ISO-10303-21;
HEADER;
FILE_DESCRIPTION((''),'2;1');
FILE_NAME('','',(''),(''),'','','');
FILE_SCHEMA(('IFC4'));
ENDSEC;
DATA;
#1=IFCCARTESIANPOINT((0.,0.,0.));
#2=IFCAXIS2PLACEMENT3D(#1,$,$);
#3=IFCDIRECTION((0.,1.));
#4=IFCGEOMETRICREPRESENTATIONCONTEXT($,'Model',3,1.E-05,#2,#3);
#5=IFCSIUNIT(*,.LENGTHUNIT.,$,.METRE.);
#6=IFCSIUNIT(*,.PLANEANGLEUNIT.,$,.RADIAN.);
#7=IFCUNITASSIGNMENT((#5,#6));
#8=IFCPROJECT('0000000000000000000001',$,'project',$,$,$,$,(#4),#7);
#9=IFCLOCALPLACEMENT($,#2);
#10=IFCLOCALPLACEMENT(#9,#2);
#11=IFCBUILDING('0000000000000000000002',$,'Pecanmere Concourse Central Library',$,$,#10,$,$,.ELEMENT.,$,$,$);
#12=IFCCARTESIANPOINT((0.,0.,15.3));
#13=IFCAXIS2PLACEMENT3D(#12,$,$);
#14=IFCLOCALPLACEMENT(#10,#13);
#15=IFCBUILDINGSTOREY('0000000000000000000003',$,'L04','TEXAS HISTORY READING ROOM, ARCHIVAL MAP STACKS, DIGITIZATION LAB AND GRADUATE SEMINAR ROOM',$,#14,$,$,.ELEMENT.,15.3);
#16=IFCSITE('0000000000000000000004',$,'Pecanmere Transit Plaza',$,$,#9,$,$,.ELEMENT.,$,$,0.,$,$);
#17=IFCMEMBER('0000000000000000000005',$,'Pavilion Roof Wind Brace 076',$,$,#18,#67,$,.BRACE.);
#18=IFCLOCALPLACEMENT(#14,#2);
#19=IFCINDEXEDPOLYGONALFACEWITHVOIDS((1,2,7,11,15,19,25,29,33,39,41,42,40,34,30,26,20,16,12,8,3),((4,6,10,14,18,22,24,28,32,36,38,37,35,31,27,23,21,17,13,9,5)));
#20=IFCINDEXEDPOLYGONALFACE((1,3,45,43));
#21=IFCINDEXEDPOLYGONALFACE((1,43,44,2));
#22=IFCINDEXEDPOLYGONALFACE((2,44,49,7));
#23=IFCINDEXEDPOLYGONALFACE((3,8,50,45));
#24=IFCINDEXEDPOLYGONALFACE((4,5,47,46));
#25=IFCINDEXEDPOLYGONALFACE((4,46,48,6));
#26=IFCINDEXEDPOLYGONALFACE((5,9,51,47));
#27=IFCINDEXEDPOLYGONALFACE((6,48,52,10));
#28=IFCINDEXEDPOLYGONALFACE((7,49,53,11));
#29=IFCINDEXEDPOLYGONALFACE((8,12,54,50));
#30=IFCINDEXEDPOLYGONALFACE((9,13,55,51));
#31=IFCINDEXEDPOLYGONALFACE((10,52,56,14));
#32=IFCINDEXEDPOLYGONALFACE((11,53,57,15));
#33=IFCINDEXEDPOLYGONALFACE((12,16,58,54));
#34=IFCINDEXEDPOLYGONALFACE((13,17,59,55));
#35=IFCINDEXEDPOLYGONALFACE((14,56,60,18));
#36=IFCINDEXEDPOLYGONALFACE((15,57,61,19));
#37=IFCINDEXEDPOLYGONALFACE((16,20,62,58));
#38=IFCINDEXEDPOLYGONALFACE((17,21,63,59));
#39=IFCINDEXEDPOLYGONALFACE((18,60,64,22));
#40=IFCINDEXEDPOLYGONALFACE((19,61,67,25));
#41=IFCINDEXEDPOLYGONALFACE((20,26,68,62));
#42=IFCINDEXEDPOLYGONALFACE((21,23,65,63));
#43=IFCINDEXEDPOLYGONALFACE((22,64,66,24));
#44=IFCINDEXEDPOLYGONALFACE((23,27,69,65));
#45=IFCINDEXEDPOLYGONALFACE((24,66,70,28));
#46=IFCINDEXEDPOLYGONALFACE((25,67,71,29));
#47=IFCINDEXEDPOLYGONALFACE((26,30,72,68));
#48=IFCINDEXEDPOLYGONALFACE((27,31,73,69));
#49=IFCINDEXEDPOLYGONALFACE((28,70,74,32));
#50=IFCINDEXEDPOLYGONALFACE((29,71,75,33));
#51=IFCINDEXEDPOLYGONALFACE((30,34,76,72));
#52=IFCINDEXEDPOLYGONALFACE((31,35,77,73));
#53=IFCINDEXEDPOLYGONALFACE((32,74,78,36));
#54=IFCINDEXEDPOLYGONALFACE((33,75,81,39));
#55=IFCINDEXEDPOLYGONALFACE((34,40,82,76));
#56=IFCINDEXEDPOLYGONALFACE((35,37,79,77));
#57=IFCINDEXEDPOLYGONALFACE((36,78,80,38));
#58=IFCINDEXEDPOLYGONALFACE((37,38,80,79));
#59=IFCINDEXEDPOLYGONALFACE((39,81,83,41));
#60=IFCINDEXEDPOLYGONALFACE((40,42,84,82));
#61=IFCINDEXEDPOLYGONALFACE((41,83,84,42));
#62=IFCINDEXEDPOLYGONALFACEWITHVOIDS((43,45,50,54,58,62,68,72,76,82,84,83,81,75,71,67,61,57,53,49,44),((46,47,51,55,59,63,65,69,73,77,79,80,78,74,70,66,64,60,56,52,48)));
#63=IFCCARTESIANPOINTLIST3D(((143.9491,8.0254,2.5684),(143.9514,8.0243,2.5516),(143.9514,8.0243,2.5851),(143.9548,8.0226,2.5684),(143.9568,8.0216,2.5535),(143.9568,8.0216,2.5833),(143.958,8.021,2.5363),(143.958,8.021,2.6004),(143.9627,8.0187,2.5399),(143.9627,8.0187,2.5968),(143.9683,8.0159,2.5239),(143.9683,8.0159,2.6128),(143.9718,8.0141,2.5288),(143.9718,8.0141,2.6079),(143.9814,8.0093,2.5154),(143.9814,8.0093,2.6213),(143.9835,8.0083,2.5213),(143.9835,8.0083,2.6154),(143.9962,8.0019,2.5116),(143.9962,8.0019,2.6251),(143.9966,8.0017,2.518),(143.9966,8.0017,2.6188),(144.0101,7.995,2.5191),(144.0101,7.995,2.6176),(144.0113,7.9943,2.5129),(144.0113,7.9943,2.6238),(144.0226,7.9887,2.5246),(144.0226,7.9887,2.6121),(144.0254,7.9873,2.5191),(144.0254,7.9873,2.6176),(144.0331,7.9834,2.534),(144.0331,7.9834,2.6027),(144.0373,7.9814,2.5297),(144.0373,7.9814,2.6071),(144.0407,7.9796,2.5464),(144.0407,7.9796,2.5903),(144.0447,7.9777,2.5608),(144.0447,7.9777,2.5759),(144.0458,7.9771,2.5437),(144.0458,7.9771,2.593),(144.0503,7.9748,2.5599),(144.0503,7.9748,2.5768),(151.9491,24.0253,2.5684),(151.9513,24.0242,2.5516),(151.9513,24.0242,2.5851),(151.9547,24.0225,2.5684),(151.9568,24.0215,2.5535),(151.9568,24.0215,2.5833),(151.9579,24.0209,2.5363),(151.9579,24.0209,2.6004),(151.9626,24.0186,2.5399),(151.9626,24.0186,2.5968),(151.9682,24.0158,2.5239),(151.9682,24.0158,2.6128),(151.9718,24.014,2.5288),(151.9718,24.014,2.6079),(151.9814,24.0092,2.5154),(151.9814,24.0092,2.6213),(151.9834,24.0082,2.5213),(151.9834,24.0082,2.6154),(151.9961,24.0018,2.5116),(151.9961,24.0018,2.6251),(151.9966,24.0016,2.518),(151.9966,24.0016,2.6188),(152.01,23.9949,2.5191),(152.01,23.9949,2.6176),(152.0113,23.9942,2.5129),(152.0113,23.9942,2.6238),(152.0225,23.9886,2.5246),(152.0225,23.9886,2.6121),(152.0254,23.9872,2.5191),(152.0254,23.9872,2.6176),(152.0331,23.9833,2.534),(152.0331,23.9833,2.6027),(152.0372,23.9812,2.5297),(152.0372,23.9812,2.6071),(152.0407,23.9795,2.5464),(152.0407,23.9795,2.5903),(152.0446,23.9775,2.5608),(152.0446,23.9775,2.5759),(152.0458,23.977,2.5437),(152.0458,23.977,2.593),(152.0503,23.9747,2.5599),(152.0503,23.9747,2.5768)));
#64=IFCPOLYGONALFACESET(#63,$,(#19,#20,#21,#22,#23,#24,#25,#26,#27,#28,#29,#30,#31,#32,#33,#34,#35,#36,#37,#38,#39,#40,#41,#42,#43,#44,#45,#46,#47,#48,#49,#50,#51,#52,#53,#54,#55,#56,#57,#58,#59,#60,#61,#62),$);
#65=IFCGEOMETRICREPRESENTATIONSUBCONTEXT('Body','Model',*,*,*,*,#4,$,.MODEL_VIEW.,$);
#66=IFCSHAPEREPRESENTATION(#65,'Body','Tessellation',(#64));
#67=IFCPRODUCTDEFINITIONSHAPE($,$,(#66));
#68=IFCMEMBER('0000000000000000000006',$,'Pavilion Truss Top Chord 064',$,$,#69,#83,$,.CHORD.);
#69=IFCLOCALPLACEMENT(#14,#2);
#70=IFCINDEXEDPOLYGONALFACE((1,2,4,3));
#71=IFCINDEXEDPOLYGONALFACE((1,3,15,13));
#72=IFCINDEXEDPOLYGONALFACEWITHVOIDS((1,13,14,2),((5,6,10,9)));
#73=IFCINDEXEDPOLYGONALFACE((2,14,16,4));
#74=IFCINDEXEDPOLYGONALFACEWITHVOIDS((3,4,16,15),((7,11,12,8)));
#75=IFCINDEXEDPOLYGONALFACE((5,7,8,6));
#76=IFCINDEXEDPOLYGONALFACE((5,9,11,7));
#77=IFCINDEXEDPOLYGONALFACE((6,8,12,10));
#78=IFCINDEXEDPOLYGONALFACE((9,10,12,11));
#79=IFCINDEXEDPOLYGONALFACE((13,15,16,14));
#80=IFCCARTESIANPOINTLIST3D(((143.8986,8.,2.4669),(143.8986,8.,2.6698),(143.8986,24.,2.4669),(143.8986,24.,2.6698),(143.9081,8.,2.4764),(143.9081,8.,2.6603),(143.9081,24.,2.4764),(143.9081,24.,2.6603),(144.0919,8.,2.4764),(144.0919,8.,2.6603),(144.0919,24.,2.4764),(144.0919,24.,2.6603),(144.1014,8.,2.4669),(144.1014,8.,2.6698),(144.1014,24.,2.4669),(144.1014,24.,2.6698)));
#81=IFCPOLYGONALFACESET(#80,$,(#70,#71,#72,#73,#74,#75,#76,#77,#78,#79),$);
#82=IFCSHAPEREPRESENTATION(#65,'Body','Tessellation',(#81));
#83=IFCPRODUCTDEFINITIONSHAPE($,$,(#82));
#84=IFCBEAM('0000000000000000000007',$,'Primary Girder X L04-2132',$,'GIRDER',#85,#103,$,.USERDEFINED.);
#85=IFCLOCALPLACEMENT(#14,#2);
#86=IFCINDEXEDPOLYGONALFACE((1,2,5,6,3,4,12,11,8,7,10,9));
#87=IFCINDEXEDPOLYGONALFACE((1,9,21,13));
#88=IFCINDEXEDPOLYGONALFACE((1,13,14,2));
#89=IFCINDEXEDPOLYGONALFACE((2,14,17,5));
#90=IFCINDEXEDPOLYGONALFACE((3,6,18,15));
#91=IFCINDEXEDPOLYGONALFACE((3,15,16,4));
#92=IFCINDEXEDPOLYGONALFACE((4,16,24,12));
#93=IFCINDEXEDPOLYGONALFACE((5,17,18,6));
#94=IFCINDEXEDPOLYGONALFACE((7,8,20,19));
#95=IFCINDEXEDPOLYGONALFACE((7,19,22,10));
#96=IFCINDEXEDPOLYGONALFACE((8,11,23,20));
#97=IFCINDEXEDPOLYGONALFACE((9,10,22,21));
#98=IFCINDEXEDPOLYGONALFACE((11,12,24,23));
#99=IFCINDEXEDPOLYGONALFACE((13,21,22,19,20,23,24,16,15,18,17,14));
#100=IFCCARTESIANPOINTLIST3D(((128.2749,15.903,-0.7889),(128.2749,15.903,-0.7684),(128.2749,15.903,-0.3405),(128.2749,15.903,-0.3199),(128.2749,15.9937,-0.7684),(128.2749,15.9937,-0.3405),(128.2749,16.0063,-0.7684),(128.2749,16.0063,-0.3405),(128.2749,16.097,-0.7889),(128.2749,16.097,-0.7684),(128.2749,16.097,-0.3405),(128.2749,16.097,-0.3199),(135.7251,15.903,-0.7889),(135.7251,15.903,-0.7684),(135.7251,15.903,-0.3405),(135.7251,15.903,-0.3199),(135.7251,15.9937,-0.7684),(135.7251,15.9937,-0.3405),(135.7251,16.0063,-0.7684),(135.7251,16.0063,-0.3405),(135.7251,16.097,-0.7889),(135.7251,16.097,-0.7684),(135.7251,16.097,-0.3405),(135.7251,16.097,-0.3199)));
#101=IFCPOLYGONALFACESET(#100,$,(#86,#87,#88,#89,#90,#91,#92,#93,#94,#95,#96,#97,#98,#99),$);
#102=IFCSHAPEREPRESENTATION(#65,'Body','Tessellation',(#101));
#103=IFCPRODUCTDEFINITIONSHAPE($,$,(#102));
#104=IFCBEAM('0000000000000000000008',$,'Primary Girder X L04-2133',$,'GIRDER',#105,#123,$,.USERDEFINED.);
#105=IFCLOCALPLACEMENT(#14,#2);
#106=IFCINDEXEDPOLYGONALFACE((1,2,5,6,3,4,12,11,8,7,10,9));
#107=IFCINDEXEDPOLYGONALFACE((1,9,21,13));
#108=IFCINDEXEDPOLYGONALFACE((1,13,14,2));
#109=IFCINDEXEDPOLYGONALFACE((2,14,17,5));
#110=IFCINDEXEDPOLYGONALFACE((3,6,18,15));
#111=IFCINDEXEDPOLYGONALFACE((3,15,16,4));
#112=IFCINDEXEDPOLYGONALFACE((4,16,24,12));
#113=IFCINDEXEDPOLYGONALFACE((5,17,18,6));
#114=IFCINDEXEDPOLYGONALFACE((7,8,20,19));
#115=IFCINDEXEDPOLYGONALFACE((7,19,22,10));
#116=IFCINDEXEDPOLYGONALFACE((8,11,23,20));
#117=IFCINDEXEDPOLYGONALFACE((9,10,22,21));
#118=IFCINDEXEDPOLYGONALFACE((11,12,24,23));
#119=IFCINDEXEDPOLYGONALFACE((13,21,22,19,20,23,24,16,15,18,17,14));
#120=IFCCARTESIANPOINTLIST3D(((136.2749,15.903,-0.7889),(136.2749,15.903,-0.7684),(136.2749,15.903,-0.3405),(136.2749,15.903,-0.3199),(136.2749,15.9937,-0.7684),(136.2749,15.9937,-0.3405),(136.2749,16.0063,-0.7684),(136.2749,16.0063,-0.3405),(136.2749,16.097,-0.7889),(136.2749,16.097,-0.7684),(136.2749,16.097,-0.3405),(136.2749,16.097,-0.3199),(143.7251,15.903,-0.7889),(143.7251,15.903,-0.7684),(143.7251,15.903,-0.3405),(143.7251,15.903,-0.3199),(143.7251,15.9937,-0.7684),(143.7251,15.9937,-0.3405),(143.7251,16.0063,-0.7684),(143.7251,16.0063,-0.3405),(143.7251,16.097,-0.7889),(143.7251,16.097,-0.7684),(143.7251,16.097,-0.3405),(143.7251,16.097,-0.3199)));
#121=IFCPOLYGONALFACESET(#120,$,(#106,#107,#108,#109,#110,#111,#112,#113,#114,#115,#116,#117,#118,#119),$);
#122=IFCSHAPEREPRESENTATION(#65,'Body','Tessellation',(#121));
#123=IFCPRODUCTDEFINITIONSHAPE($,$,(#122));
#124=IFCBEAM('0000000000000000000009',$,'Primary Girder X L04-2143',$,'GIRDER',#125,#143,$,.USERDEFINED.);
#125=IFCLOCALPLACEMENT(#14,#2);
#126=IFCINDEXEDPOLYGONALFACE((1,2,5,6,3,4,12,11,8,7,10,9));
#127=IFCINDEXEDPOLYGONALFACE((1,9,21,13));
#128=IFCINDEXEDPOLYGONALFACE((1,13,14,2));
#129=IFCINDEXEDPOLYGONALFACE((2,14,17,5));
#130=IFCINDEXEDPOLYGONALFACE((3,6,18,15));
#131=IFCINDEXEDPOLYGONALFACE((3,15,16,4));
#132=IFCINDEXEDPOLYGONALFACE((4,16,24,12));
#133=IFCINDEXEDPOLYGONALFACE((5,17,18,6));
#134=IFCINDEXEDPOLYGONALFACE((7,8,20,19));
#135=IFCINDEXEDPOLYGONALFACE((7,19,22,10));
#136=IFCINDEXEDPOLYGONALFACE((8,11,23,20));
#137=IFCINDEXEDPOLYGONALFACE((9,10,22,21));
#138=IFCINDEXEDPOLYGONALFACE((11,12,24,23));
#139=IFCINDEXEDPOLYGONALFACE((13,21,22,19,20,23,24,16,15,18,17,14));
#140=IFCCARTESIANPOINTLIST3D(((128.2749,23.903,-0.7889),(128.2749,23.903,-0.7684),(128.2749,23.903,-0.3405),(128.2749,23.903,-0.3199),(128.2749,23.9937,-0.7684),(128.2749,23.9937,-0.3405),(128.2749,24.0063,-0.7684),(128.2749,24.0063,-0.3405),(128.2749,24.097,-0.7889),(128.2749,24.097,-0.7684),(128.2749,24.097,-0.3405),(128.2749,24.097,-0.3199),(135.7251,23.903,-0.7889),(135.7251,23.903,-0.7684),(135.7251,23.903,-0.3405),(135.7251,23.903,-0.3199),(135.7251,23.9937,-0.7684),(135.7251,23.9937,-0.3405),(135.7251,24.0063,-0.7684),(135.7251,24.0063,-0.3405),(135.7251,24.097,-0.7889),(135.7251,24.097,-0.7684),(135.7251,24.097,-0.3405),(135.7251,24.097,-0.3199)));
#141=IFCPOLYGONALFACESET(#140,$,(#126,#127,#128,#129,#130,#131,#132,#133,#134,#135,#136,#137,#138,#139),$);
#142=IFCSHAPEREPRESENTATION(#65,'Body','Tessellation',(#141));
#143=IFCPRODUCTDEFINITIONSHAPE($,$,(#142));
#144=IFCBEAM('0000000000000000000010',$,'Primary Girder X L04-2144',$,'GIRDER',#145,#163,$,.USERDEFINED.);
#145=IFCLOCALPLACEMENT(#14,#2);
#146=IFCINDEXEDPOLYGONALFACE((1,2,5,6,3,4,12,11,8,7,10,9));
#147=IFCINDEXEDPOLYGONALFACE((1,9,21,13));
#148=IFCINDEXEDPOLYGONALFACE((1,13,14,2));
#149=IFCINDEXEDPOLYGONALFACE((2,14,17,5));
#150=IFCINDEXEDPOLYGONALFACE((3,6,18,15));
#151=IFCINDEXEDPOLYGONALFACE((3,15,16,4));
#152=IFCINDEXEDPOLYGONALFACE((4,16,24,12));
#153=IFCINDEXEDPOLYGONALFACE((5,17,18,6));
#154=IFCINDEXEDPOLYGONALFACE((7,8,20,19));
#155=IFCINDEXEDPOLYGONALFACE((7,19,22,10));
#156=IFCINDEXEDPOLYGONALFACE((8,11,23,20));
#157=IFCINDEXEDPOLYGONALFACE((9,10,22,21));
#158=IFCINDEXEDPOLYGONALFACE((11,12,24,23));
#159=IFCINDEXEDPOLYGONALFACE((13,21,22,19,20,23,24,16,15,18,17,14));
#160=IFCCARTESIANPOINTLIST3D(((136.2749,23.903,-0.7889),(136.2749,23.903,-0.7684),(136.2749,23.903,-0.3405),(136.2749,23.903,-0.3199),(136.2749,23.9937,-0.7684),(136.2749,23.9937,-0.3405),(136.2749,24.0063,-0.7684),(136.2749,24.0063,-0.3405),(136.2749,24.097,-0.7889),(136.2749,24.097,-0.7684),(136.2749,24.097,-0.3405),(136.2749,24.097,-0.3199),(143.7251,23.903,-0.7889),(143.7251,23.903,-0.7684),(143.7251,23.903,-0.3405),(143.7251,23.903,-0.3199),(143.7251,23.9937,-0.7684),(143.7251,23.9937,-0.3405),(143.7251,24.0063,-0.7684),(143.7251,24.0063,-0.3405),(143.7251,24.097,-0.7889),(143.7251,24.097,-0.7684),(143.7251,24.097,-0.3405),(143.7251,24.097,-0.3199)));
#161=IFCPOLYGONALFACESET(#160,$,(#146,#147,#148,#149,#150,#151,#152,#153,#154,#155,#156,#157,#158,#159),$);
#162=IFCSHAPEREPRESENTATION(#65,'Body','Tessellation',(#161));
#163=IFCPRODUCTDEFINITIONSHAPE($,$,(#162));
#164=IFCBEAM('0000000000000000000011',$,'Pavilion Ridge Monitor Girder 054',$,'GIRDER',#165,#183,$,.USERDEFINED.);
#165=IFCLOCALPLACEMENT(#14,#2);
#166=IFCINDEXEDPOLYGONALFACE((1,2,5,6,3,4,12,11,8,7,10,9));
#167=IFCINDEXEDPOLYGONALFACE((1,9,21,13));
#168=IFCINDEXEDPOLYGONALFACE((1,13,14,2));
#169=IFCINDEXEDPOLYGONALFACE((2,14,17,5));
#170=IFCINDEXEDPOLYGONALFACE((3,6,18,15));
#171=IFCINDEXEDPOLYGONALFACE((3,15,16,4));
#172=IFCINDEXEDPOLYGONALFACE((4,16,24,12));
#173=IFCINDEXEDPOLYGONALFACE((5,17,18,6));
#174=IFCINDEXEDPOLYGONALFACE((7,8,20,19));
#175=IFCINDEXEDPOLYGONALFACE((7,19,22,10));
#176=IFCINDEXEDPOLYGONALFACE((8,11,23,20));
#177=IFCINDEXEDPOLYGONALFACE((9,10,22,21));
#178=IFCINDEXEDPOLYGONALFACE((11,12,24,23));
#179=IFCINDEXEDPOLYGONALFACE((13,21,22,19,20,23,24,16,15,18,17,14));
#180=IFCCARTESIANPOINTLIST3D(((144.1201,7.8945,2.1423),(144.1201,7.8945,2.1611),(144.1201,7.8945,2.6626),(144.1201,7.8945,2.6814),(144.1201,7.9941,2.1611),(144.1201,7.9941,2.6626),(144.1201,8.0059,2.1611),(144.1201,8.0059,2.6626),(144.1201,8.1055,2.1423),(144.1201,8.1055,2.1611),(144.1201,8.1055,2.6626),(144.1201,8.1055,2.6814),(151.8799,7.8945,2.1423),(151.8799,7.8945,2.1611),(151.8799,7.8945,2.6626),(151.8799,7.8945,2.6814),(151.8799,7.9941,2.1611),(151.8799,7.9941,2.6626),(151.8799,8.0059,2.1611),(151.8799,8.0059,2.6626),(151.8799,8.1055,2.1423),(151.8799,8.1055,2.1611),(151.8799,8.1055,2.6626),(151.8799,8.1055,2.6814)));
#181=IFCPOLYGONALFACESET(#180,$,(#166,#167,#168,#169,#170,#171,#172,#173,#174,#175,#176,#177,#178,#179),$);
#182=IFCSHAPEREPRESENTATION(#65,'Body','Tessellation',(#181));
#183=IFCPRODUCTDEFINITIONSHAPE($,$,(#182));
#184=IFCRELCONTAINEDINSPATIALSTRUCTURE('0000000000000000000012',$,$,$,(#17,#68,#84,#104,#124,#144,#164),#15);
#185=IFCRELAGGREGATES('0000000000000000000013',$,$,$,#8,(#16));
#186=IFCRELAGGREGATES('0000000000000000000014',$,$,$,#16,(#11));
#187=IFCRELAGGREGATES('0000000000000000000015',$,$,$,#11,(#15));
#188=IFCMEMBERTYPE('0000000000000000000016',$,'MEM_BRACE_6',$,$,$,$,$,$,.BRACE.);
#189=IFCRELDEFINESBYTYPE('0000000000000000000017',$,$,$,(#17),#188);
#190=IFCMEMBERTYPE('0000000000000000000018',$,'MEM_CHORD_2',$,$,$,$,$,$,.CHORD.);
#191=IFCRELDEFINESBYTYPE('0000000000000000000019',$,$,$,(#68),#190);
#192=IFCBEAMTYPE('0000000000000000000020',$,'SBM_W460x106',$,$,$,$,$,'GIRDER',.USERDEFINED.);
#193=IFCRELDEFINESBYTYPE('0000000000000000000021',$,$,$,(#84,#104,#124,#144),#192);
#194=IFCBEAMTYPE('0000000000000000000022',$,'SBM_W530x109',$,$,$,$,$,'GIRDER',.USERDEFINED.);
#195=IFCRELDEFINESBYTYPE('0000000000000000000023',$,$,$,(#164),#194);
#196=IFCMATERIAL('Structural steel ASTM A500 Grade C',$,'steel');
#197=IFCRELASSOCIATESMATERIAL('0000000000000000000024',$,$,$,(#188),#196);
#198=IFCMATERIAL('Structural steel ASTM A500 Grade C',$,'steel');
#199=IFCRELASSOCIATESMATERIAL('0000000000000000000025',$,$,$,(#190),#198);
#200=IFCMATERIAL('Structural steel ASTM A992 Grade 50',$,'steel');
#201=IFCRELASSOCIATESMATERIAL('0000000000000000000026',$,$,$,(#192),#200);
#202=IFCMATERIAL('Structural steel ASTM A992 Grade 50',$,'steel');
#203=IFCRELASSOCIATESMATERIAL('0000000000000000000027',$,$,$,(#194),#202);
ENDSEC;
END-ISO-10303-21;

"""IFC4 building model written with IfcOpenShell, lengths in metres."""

from ifc_helpers import new_model, si_unit, direction, frame, origin, origin_2d, place, context, subcontext, project, spatial, hollow_rectangle, hollow_circle, i_section, extrude, material, material_profile, profile_set, type_object, element, save


model = new_model("IFC4")

# Units and contexts
model_context = context("Model", 3, precision=1e-05, world=origin(), true_north=direction((0.0, 1.0)))
body_context = subcontext(model_context, "Body", "Model", "MODEL_VIEW")
ifc_project = project(units=[si_unit("LENGTHUNIT", "METRE"), si_unit("PLANEANGLEUNIT", "RADIAN")], contexts=[model_context])

# Site, building, storey
site_placement = place(None, origin())
site = spatial("IfcSite", under=ifc_project, at=site_placement, Name="Pecanmere Transit Plaza", CompositionType="ELEMENT", RefElevation=0.0)
building_placement = place(site_placement, origin())
building = spatial("IfcBuilding", under=site, at=building_placement, Name="Pecanmere Concourse Central Library", CompositionType="ELEMENT")
storey_placement = place(building_placement, frame((0.0, 0.0, 15.3)))
storey = spatial("IfcBuildingStorey", under=building, at=storey_placement, Name="L04", Description="TEXAS HISTORY READING ROOM, ARCHIVAL MAP STACKS, DIGITIZATION LAB AND GRADUATE SEMINAR ROOM", CompositionType="ELEMENT", Elevation=15.3)

# Members
ifc_material_1 = material(Name="Structural steel ASTM A500 Grade C", Category="steel")
ifc_material_profile_1 = material_profile(ifc_material_1, hollow_circle(Radius=0.0569, WallThickness=0.0063, at=origin_2d()), Name="HSS114.3x6.4")
ifc_profile_set_1 = profile_set([ifc_material_profile_1], Name="Structural steel ASTM A500 Grade C")
member_type_1 = type_object("IfcMemberType", Name="MEM_BRACE_6", PredefinedType="BRACE", material=ifc_profile_set_1)
member_1_placement = place(storey_placement, frame((144.0, 8.0, 2.5684), z_axis=(0.447214, 0.894427, 0.0), x_axis=(-0.894427, 0.447214, 0.0)))
element("IfcMember", 1, at=member_1_placement, inside=storey, type_object=member_type_1, Name="Pavilion Roof Wind Brace 076", PredefinedType="BRACE", context=body_context, shape_type="SweptSolid", body=[
    extrude(hollow_circle(Radius=0.0569, WallThickness=0.0063, at=origin_2d()), origin(), (0.0, 0.0, 1.0), 17.8884),
])
ifc_material_2 = material(Name="Structural steel ASTM A500 Grade C", Category="steel")
ifc_material_profile_2 = material_profile(ifc_material_2, hollow_rectangle(XDim=0.2029, YDim=0.2029, WallThickness=0.0095, at=origin_2d()), Name="HSS203x203x9.5")
ifc_profile_set_2 = profile_set([ifc_material_profile_2], Name="Structural steel ASTM A500 Grade C")
member_type_2 = type_object("IfcMemberType", Name="MEM_CHORD_2", PredefinedType="CHORD", material=ifc_profile_set_2)
member_2_placement = place(storey_placement, frame((144.0, 8.0, 2.5684), z_axis=(0.0, 1.0, 0.0), x_axis=(-1.0, 0.0, 0.0)))
element("IfcMember", 2, at=member_2_placement, inside=storey, type_object=member_type_2, Name="Pavilion Truss Top Chord 064", PredefinedType="CHORD", context=body_context, shape_type="SweptSolid", body=[
    extrude(hollow_rectangle(XDim=0.2029, YDim=0.2029, WallThickness=0.0095, at=origin_2d()), origin(), (0.0, 0.0, 1.0), 16.0),
])

# Beams
ifc_material_3 = material(Name="Structural steel ASTM A992 Grade 50", Category="steel")
ifc_material_profile_3 = material_profile(ifc_material_3, i_section(OverallWidth=0.1941, OverallDepth=0.469, WebThickness=0.0127, FlangeThickness=0.0205, at=origin_2d()), Name="W460x106")
ifc_profile_set_3 = profile_set([ifc_material_profile_3], Name="Structural steel ASTM A992 Grade 50")
beam_type_1 = type_object("IfcBeamType", Name="SBM_W460x106", ElementType="GIRDER", PredefinedType="USERDEFINED", material=ifc_profile_set_3)
for number, where, z_axis, x_axis, name in (
    (3, (128.2749, 16.0, -0.5544), (1.0, 0.0, 0.0), (0.0, 1.0, 0.0), "Primary Girder X L04-2132"),
    (4, (136.2749, 16.0, -0.5544), (1.0, 0.0, 0.0), (0.0, 1.0, 0.0), "Primary Girder X L04-2133"),
    (5, (128.2749, 24.0, -0.5544), (1.0, 0.0, 0.0), (0.0, 1.0, 0.0), "Primary Girder X L04-2143"),
    (6, (136.2749, 24.0, -0.5544), (1.0, 0.0, 0.0), (0.0, 1.0, 0.0), "Primary Girder X L04-2144"),
):
    element("IfcBeam", number, at=place(storey_placement, frame(where, z_axis=z_axis, x_axis=x_axis)), inside=storey, type_object=beam_type_1, Name=name, ObjectType="GIRDER", PredefinedType="USERDEFINED", context=body_context, shape_type="SweptSolid", body=[
        extrude(i_section(OverallWidth=0.1941, OverallDepth=0.469, WebThickness=0.0127, FlangeThickness=0.0205, at=origin_2d()), origin(), (0.0, 0.0, 1.0), 7.4502),
    ])
ifc_material_4 = material(Name="Structural steel ASTM A992 Grade 50", Category="steel")
ifc_material_profile_4 = material_profile(ifc_material_4, i_section(OverallWidth=0.2109, OverallDepth=0.5391, WebThickness=0.0117, FlangeThickness=0.0188, at=origin_2d()), Name="W530x109")
ifc_profile_set_4 = profile_set([ifc_material_profile_4], Name="Structural steel ASTM A992 Grade 50")
beam_type_2 = type_object("IfcBeamType", Name="SBM_W530x109", ElementType="GIRDER", PredefinedType="USERDEFINED", material=ifc_profile_set_4)
for number, where, z_axis, x_axis, name in (
    (7, (144.1201, 8.0, 2.4119), (1.0, 0.0, 0.0), (0.0, 1.0, 0.0), "Pavilion Ridge Monitor Girder 054"),
):
    element("IfcBeam", number, at=place(storey_placement, frame(where, z_axis=z_axis, x_axis=x_axis)), inside=storey, type_object=beam_type_2, Name=name, ObjectType="GIRDER", PredefinedType="USERDEFINED", context=body_context, shape_type="SweptSolid", body=[
        extrude(i_section(OverallWidth=0.2109, OverallDepth=0.5391, WebThickness=0.0117, FlangeThickness=0.0188, at=origin_2d()), origin(), (0.0, 0.0, 1.0), 7.7598),
    ])

save(model, "model.ifc")
